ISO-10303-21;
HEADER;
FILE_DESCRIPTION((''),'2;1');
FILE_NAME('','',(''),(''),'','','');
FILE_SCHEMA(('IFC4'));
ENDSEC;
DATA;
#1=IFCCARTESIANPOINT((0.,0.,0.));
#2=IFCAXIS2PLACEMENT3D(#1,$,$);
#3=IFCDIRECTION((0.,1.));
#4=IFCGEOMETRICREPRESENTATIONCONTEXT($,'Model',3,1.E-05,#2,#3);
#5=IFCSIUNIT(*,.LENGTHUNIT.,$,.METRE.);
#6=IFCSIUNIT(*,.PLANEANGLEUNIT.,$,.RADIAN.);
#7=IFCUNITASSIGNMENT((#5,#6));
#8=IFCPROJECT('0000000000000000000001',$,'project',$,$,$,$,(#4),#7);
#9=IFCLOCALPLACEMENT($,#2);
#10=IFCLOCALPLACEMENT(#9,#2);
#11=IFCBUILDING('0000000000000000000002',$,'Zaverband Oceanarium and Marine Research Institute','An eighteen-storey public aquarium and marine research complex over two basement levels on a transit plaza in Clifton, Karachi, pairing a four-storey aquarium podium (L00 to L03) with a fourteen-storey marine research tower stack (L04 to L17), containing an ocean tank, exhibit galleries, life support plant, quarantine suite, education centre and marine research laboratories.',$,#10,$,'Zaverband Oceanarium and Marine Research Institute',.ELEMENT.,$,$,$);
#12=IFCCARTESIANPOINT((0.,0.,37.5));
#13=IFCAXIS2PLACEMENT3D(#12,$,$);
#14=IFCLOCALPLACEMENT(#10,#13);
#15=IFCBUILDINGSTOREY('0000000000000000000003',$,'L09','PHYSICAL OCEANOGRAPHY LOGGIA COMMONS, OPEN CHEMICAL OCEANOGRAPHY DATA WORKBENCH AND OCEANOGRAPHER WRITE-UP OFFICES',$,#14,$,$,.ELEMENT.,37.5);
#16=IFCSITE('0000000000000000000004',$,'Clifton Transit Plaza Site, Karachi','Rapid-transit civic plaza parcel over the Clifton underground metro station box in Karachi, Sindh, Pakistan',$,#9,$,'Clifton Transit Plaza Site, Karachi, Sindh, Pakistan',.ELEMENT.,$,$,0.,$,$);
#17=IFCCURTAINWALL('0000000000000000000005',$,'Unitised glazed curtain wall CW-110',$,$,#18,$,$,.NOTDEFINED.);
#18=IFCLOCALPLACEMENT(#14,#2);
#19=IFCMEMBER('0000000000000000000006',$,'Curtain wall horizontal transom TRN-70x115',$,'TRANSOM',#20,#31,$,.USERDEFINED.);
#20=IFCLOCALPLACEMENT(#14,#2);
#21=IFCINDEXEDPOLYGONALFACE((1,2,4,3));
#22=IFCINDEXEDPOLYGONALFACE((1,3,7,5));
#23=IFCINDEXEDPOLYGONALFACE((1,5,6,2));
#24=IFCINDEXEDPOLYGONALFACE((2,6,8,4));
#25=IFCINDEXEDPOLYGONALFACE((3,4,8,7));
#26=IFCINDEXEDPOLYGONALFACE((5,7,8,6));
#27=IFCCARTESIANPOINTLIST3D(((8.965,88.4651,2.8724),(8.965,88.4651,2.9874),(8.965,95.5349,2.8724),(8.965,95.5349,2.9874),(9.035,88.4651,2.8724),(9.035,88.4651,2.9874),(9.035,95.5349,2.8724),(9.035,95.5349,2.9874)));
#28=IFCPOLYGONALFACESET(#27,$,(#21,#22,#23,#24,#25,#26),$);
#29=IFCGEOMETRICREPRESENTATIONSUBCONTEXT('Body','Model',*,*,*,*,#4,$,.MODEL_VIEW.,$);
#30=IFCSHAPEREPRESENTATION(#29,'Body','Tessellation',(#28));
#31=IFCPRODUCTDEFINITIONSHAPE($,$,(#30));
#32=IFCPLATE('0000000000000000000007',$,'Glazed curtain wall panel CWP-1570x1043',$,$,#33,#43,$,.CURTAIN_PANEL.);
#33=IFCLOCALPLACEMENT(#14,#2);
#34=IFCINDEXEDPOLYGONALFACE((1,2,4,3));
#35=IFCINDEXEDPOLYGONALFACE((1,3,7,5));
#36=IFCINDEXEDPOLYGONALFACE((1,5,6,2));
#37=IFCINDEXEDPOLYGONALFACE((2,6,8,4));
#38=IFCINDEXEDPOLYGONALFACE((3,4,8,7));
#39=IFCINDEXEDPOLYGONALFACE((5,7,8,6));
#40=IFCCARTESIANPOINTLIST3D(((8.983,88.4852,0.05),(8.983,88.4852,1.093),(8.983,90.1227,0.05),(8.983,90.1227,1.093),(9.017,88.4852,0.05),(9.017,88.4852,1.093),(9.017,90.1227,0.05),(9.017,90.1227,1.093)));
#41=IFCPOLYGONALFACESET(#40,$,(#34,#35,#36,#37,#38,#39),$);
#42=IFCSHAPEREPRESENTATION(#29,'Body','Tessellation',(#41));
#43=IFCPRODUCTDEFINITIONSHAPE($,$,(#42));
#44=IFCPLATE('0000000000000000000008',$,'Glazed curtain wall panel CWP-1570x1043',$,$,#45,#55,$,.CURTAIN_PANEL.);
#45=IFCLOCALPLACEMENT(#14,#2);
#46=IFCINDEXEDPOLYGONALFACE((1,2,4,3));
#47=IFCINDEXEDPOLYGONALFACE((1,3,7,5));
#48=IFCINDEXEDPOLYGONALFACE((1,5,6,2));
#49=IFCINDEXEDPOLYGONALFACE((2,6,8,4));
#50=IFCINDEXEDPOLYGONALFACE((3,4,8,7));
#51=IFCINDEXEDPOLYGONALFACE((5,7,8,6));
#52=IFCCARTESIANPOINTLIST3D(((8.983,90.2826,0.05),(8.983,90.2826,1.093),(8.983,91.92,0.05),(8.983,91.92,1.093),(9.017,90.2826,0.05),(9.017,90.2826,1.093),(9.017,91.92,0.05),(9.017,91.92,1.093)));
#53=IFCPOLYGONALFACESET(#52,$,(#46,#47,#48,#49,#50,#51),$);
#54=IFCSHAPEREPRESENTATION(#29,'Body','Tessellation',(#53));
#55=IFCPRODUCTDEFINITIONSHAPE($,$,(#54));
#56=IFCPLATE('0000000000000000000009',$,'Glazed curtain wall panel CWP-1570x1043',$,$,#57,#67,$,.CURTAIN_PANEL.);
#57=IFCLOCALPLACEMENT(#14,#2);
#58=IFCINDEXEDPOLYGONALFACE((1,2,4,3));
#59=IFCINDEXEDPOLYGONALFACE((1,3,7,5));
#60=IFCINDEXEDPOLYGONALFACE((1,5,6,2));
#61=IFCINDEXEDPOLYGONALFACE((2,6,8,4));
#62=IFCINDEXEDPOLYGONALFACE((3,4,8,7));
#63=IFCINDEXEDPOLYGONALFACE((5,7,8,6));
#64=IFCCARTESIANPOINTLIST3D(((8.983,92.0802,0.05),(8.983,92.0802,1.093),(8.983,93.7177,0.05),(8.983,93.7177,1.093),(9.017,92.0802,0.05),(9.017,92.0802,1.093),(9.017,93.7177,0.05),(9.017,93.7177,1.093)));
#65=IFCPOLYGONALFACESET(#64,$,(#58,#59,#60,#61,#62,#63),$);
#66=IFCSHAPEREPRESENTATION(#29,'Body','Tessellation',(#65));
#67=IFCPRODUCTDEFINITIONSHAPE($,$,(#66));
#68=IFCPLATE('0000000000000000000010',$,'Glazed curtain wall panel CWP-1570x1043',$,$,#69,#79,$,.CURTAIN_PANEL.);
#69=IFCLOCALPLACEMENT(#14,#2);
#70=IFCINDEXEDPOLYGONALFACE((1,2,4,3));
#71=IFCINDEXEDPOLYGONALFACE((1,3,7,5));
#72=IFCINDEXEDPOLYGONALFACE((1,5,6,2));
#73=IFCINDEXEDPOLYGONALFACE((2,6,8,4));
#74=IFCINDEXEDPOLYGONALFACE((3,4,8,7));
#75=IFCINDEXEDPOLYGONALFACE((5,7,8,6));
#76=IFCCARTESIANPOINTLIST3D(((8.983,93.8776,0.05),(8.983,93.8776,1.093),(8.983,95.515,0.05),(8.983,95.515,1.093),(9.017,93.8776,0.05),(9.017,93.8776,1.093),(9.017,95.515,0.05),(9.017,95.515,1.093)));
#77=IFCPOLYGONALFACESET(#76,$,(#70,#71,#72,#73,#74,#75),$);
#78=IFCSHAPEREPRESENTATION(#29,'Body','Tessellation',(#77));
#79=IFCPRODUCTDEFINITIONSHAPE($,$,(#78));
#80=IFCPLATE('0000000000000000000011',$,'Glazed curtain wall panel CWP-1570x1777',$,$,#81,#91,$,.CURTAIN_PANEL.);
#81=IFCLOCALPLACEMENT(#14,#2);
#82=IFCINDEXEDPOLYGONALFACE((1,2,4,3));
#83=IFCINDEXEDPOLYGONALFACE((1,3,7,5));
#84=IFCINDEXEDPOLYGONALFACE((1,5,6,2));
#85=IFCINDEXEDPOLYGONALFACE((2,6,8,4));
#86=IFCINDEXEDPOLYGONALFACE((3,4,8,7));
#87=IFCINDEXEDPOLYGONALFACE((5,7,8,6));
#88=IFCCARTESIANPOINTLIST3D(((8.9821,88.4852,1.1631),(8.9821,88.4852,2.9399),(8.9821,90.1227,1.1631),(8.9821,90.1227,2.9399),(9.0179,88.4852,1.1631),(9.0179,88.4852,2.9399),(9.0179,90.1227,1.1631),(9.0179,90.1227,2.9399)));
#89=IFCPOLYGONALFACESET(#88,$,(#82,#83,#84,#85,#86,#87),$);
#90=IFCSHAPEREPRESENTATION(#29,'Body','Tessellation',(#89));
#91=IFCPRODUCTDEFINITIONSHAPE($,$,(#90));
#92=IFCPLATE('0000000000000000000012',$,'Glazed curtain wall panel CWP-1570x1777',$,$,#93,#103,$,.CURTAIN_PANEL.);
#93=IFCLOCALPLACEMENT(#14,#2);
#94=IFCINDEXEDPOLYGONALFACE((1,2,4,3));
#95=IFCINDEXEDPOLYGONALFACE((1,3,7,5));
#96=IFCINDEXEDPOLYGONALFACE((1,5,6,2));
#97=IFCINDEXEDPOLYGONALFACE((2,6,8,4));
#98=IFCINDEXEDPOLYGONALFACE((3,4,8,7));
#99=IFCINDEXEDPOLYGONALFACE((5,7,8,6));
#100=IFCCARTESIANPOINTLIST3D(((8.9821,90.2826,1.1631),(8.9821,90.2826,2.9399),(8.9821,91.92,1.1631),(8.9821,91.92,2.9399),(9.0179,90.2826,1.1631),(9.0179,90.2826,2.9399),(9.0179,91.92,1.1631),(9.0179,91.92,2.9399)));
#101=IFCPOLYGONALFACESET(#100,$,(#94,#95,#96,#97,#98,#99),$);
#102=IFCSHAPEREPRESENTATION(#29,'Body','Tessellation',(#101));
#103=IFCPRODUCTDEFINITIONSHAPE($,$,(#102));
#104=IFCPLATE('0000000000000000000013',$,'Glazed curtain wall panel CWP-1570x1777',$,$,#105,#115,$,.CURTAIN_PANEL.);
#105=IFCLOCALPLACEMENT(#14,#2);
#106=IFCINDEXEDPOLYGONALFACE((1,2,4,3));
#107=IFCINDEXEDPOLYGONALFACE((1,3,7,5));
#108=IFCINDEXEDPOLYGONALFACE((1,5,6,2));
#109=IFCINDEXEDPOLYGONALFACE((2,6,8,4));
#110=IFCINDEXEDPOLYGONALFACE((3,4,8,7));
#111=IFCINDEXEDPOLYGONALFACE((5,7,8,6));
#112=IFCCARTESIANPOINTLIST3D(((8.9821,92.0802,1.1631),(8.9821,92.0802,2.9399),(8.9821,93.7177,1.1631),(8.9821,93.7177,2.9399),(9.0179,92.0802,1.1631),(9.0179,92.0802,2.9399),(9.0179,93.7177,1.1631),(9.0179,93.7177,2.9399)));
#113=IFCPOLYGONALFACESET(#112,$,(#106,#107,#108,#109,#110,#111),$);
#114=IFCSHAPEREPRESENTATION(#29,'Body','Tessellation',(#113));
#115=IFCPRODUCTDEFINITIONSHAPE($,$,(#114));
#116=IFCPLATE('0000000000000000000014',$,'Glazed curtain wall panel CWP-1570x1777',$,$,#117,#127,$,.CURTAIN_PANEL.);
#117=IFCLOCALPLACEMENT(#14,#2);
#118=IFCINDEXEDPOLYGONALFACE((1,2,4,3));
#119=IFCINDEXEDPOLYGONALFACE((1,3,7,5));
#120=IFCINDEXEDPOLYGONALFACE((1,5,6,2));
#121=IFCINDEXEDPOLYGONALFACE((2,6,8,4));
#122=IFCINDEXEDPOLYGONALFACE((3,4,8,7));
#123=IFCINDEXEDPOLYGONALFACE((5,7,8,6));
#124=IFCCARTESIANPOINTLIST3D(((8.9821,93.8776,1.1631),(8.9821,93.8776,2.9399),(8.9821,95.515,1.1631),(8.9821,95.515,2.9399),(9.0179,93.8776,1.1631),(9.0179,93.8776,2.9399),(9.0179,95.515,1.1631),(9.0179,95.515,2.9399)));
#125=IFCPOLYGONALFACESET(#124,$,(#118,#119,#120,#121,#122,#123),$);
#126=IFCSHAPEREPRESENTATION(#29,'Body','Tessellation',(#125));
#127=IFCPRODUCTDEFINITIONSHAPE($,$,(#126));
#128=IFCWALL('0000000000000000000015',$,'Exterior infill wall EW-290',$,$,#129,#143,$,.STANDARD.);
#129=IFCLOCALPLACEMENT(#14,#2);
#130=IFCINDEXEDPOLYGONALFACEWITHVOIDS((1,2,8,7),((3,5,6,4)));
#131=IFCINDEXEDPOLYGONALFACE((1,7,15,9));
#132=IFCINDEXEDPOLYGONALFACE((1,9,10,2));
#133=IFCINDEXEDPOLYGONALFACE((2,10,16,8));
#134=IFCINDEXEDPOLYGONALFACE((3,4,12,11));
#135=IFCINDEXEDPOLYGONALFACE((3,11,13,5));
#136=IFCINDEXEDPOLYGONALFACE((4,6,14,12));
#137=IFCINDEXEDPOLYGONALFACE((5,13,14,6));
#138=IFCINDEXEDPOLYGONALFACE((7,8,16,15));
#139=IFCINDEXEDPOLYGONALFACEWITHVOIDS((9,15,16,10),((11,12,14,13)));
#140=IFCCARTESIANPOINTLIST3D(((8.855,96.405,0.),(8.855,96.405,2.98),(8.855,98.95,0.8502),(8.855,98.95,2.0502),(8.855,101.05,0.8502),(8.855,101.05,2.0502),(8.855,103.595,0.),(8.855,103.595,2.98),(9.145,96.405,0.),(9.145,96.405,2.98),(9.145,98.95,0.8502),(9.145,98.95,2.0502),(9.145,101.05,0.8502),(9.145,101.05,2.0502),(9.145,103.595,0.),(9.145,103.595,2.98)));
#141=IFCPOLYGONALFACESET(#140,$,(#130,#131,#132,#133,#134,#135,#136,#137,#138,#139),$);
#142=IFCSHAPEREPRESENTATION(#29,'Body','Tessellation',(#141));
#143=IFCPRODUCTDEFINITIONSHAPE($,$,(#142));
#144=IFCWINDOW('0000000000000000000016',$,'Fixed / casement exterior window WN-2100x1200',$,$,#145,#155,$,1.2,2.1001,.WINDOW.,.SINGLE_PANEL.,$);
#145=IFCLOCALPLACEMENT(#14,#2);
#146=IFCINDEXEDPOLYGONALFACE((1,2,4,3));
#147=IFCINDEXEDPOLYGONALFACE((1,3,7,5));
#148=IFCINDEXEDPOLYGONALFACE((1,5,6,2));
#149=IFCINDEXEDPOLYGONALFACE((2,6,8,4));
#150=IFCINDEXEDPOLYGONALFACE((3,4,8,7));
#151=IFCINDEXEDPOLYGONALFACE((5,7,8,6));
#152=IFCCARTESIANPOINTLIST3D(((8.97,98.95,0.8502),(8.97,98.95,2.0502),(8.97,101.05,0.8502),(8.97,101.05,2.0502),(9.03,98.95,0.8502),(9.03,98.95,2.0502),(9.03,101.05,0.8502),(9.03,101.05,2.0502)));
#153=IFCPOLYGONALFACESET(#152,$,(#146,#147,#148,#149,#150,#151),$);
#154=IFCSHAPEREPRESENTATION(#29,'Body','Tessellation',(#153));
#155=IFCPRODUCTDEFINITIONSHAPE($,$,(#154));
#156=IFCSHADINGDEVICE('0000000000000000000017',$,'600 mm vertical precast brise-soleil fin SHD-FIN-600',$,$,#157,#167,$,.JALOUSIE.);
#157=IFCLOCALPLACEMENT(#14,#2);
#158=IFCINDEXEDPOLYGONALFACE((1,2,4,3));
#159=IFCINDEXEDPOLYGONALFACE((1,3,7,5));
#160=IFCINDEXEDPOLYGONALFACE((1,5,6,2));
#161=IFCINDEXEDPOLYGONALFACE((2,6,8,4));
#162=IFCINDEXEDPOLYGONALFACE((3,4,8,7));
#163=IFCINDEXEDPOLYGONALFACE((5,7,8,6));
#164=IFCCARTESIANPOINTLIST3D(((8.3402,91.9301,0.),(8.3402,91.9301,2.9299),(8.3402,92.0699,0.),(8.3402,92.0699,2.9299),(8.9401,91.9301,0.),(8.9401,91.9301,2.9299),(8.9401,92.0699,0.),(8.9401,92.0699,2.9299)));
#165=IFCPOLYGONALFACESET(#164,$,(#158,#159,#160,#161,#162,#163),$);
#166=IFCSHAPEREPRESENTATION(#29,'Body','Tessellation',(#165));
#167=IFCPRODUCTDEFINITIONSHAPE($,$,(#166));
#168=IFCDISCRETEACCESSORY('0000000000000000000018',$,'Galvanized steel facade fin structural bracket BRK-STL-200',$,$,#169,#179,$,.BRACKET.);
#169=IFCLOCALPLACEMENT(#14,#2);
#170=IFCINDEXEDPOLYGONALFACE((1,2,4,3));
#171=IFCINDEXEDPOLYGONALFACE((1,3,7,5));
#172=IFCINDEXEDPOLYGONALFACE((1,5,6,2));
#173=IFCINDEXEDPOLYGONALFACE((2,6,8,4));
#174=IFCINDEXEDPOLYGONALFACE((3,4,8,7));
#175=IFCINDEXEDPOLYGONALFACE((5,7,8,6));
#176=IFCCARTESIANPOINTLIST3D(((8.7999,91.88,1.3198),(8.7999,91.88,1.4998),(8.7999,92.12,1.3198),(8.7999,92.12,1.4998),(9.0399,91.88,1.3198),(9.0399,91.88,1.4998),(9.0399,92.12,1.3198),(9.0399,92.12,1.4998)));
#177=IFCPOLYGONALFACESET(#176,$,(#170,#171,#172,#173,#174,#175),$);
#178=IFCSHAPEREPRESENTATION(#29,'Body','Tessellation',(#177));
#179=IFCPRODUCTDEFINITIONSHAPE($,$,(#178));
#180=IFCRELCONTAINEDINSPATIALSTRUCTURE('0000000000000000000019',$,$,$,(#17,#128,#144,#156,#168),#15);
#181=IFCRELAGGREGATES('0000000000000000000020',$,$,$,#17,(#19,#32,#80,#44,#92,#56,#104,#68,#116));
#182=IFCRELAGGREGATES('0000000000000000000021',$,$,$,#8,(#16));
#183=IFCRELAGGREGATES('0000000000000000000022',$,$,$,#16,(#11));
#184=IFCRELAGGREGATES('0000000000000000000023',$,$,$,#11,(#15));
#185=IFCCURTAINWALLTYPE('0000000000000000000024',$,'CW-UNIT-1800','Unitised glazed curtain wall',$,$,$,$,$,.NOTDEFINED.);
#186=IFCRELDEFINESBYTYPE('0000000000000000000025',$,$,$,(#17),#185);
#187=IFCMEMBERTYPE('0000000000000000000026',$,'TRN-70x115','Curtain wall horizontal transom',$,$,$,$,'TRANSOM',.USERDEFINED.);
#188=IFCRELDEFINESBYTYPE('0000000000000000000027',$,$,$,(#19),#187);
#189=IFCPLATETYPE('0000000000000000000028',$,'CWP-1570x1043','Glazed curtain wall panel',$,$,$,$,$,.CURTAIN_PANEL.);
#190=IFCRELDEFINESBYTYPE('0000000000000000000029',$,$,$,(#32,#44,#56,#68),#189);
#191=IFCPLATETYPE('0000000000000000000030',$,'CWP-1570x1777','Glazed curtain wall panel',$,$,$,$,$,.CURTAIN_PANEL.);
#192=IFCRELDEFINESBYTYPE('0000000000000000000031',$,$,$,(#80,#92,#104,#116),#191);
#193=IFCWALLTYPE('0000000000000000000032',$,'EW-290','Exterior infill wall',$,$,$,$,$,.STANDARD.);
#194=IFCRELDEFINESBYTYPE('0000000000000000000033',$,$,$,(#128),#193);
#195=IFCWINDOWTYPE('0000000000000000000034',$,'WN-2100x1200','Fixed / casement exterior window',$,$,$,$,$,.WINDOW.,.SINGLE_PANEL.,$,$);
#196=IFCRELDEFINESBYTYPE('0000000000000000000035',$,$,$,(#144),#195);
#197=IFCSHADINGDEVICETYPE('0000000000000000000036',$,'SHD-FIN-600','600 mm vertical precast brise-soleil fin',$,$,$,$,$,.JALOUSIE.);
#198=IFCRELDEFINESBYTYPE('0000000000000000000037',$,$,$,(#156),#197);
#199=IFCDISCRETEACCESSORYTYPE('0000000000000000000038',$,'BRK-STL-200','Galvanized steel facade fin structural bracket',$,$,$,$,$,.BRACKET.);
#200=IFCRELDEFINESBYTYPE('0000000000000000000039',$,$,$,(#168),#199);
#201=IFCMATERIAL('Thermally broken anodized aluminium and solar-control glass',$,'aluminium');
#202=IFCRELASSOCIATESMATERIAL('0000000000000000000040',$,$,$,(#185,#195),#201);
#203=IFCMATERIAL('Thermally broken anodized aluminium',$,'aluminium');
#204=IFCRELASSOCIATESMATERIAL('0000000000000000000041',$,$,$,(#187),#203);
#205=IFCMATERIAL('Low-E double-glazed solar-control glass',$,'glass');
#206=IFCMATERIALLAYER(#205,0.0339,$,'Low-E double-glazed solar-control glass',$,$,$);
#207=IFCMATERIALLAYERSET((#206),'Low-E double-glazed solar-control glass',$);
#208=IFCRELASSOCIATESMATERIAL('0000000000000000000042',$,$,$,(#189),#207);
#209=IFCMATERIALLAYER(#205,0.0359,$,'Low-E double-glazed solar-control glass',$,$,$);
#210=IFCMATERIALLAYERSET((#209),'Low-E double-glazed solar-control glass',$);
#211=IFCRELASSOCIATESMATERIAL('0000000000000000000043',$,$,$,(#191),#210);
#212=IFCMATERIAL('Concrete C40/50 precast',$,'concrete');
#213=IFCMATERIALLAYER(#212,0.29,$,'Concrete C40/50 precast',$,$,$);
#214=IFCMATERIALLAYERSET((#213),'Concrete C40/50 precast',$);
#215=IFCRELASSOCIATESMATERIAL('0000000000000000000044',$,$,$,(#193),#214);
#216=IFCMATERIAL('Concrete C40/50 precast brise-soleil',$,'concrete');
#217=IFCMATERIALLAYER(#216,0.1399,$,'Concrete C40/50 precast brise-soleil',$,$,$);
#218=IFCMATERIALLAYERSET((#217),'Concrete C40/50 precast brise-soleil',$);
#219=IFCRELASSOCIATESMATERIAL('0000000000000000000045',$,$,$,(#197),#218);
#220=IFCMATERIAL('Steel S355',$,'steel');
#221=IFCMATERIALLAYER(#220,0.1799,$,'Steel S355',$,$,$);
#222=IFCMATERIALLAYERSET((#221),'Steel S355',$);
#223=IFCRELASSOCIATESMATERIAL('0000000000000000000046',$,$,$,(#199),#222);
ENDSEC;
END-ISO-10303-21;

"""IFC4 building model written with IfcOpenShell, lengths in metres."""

from ifc_helpers import new_model, si_unit, direction, frame, frame_2d, origin, origin_2d, place, context, subcontext, project, spatial, rectangle, extrude, material, layer, layer_set, material_profile, profile_set, type_object, element, fill, aggregate, save


model = new_model("IFC4")

# Units and contexts
model_context = context("Model", 3, precision=1e-05, world=origin(), true_north=direction((0.0, 1.0)))
body_context = subcontext(model_context, "Body", "Model", "MODEL_VIEW")
ifc_project = project(units=[si_unit("LENGTHUNIT", "METRE"), si_unit("PLANEANGLEUNIT", "RADIAN")], contexts=[model_context])

# Site, building, storey
site_placement = place(None, origin())
site = spatial("IfcSite", under=ifc_project, at=site_placement, Name="Clifton Transit Plaza Site, Karachi", Description="Rapid-transit civic plaza parcel over the Clifton underground metro station box in Karachi, Sindh, Pakistan", LongName="Clifton Transit Plaza Site, Karachi, Sindh, Pakistan", CompositionType="ELEMENT", RefElevation=0.0)
building_placement = place(site_placement, origin())
building = spatial("IfcBuilding", under=site, at=building_placement, Name="Zaverband Oceanarium and Marine Research Institute", Description="An eighteen-storey public aquarium and marine research complex over two basement levels on a transit plaza in Clifton, Karachi, pairing a four-storey aquarium podium (L00 to L03) with a fourteen-storey marine research tower stack (L04 to L17), containing an ocean tank, exhibit galleries, life support plant, quarantine suite, education centre and marine research laboratories.", LongName="Zaverband Oceanarium and Marine Research Institute", CompositionType="ELEMENT")
storey_placement = place(building_placement, frame((0.0, 0.0, 37.5)))
storey = spatial("IfcBuildingStorey", under=building, at=storey_placement, Name="L09", Description="PHYSICAL OCEANOGRAPHY LOGGIA COMMONS, OPEN CHEMICAL OCEANOGRAPHY DATA WORKBENCH AND OCEANOGRAPHER WRITE-UP OFFICES", CompositionType="ELEMENT", Elevation=37.5)

# Curtain wall
ifc_material_1 = material(Name="Thermally broken anodized aluminium and solar-control glass", Category="aluminium")
curtain_wall_type = type_object("IfcCurtainWallType", Name="CW-UNIT-1800", Description="Unitised glazed curtain wall", PredefinedType="NOTDEFINED", material=ifc_material_1)
curtain_wall_placement = place(storey_placement, origin())
curtain_wall = element("IfcCurtainWall", 1, at=curtain_wall_placement, inside=storey, type_object=curtain_wall_type, Name="Unitised glazed curtain wall CW-110", PredefinedType="NOTDEFINED")
ifc_material_2 = material(Name="Thermally broken anodized aluminium", Category="aluminium")

# Member
ifc_material_profile_1 = material_profile(ifc_material_2, rectangle(XDim=0.0701, YDim=0.115, at=origin_2d()), Name="AL-TRN-70x115")
ifc_profile_set_1 = profile_set([ifc_material_profile_1], Name="Thermally broken anodized aluminium")
member_type_1 = type_object("IfcMemberType", Name="TRN-70x115", Description="Curtain wall horizontal transom", ElementType="TRANSOM", PredefinedType="USERDEFINED", material=ifc_profile_set_1)
member_1_placement = place(storey_placement, frame((9.0, 88.4651, 2.9299), z_axis=(0.0, 1.0, 0.0), x_axis=(-1.0, 0.0, 0.0)))
member_1 = element("IfcMember", 2, at=member_1_placement, type_object=member_type_1, Name="Curtain wall horizontal transom TRN-70x115", ObjectType="TRANSOM", PredefinedType="USERDEFINED", context=body_context, shape_type="SweptSolid", body=[
    extrude(rectangle(XDim=0.0701, YDim=0.115, at=origin_2d()), origin(), (0.0, 0.0, 1.0), 7.0698),
])

# Plates
ifc_material_3 = material(Name="Low-E double-glazed solar-control glass", Category="glass")
ifc_layer_1 = layer(ifc_material_3, 0.0339, Name="Low-E double-glazed solar-control glass")
ifc_layer_set_1 = layer_set([ifc_layer_1], Name="Low-E double-glazed solar-control glass")
plate_type_1 = type_object("IfcPlateType", Name="CWP-1570x1043", Description="Glazed curtain wall panel", PredefinedType="CURTAIN_PANEL", material=ifc_layer_set_1)
plate_1_placement = place(storey_placement, frame((9.0, 88.4851, 0.05), z_axis=(0.0, 0.0, 1.0), x_axis=(0.0, 1.0, 0.0)))
plate_1 = element("IfcPlate", 3, at=plate_1_placement, type_object=plate_type_1, Name="Glazed curtain wall panel CWP-1570x1043", PredefinedType="CURTAIN_PANEL", context=body_context, shape_type="SweptSolid", body=[
    extrude(rectangle(XDim=1.6375, YDim=0.0339, at=frame_2d((0.8188, 0.0))), origin(), (0.0, 0.0, 1.0), 1.043),
])
plate_2_placement = place(storey_placement, frame((9.0, 90.2825, 0.05), z_axis=(0.0, 0.0, 1.0), x_axis=(0.0, 1.0, 0.0)))
plate_2 = element("IfcPlate", 4, at=plate_2_placement, type_object=plate_type_1, Name="Glazed curtain wall panel CWP-1570x1043", PredefinedType="CURTAIN_PANEL", context=body_context, shape_type="SweptSolid", body=[
    extrude(rectangle(XDim=1.6375, YDim=0.0339, at=frame_2d((0.8188, 0.0))), origin(), (0.0, 0.0, 1.0), 1.043),
])
plate_3_placement = place(storey_placement, frame((9.0, 92.0801, 0.05), z_axis=(0.0, 0.0, 1.0), x_axis=(0.0, 1.0, 0.0)))
plate_3 = element("IfcPlate", 5, at=plate_3_placement, type_object=plate_type_1, Name="Glazed curtain wall panel CWP-1570x1043", PredefinedType="CURTAIN_PANEL", context=body_context, shape_type="SweptSolid", body=[
    extrude(rectangle(XDim=1.6375, YDim=0.0339, at=frame_2d((0.8188, 0.0))), origin(), (0.0, 0.0, 1.0), 1.043),
])
plate_4_placement = place(storey_placement, frame((9.0, 93.8774, 0.05), z_axis=(0.0, 0.0, 1.0), x_axis=(0.0, 1.0, 0.0)))
plate_4 = element("IfcPlate", 6, at=plate_4_placement, type_object=plate_type_1, Name="Glazed curtain wall panel CWP-1570x1043", PredefinedType="CURTAIN_PANEL", context=body_context, shape_type="SweptSolid", body=[
    extrude(rectangle(XDim=1.6375, YDim=0.0339, at=frame_2d((0.8188, 0.0))), origin(), (0.0, 0.0, 1.0), 1.043),
])
ifc_layer_2 = layer(ifc_material_3, 0.0359, Name="Low-E double-glazed solar-control glass")
ifc_layer_set_2 = layer_set([ifc_layer_2], Name="Low-E double-glazed solar-control glass")
plate_type_2 = type_object("IfcPlateType", Name="CWP-1570x1777", Description="Glazed curtain wall panel", PredefinedType="CURTAIN_PANEL", material=ifc_layer_set_2)
plate_5_placement = place(storey_placement, frame((9.0, 88.4851, 1.1631), z_axis=(0.0, 0.0, 1.0), x_axis=(0.0, 1.0, 0.0)))
plate_5 = element("IfcPlate", 7, at=plate_5_placement, type_object=plate_type_2, Name="Glazed curtain wall panel CWP-1570x1777", PredefinedType="CURTAIN_PANEL", context=body_context, shape_type="SweptSolid", body=[
    extrude(rectangle(XDim=1.6375, YDim=0.0359, at=frame_2d((0.8188, 0.0))), origin(), (0.0, 0.0, 1.0), 1.7769),
])
plate_6_placement = place(storey_placement, frame((9.0, 90.2825, 1.1631), z_axis=(0.0, 0.0, 1.0), x_axis=(0.0, 1.0, 0.0)))
plate_6 = element("IfcPlate", 8, at=plate_6_placement, type_object=plate_type_2, Name="Glazed curtain wall panel CWP-1570x1777", PredefinedType="CURTAIN_PANEL", context=body_context, shape_type="SweptSolid", body=[
    extrude(rectangle(XDim=1.6375, YDim=0.0359, at=frame_2d((0.8188, 0.0))), origin(), (0.0, 0.0, 1.0), 1.7769),
])
plate_7_placement = place(storey_placement, frame((9.0, 92.0801, 1.1631), z_axis=(0.0, 0.0, 1.0), x_axis=(0.0, 1.0, 0.0)))
plate_7 = element("IfcPlate", 9, at=plate_7_placement, type_object=plate_type_2, Name="Glazed curtain wall panel CWP-1570x1777", PredefinedType="CURTAIN_PANEL", context=body_context, shape_type="SweptSolid", body=[
    extrude(rectangle(XDim=1.6375, YDim=0.0359, at=frame_2d((0.8188, 0.0))), origin(), (0.0, 0.0, 1.0), 1.7769),
])
plate_8_placement = place(storey_placement, frame((9.0, 93.8774, 1.1631), z_axis=(0.0, 0.0, 1.0), x_axis=(0.0, 1.0, 0.0)))
plate_8 = element("IfcPlate", 10, at=plate_8_placement, type_object=plate_type_2, Name="Glazed curtain wall panel CWP-1570x1777", PredefinedType="CURTAIN_PANEL", context=body_context, shape_type="SweptSolid", body=[
    extrude(rectangle(XDim=1.6375, YDim=0.0359, at=frame_2d((0.8188, 0.0))), origin(), (0.0, 0.0, 1.0), 1.7769),
])
aggregate(curtain_wall, [member_1, plate_1, plate_5, plate_2, plate_6, plate_3, plate_7, plate_4, plate_8])

# Wall, opening, window
ifc_material_4 = material(Name="Concrete C40/50 precast", Category="concrete")
ifc_layer_3 = layer(ifc_material_4, 0.29, Name="Concrete C40/50 precast")
ifc_layer_set_3 = layer_set([ifc_layer_3], Name="Concrete C40/50 precast")
wall_type = type_object("IfcWallType", Name="EW-290", Description="Exterior infill wall", PredefinedType="STANDARD", material=ifc_layer_set_3)
wall_placement = place(storey_placement, frame((9.0, 96.405, 0.0), z_axis=(0.0, 0.0, 1.0), x_axis=(0.0, 1.0, 0.0)))
wall = element("IfcWall", 11, at=wall_placement, inside=storey, type_object=wall_type, Name="Exterior infill wall EW-290", PredefinedType="STANDARD", context=body_context, shape_type="SweptSolid", body=[
    extrude(rectangle(XDim=7.1899, YDim=0.29, at=frame_2d((3.595, 0.0))), origin(), (0.0, 0.0, 1.0), 2.98),
])
opening_placement = place(wall_placement, frame((2.5449, 0.0, 0.8501)))
opening = element("IfcOpeningElement", 12, at=opening_placement, cuts=wall, PredefinedType="OPENING", context=body_context, shape_type="SweptSolid", body=[
    extrude(rectangle(XDim=2.1001, YDim=1.2, at=frame_2d((1.05, 0.6001))), frame((0.0, 0.157, 0.0), z_axis=(0.0, -1.0, 0.0), x_axis=(1.0, 0.0, 0.0)), (0.0, 0.0, 1.0), 0.314),
])
window_type = type_object("IfcWindowType", Name="WN-2100x1200", Description="Fixed / casement exterior window", PartitioningType="SINGLE_PANEL", PredefinedType="WINDOW", material=ifc_material_1)
window_placement = place(opening_placement, origin())
window = element("IfcWindow", 13, at=window_placement, inside=storey, type_object=window_type, Name="Fixed / casement exterior window WN-2100x1200", OverallHeight=1.2, OverallWidth=2.1001, PartitioningType="SINGLE_PANEL", PredefinedType="WINDOW", context=body_context, shape_type="SweptSolid", body=[
    extrude(rectangle(XDim=2.1001, YDim=1.2, at=frame_2d((1.05, 0.6001))), frame((0.0, 0.03, 0.0), z_axis=(0.0, -1.0, 0.0), x_axis=(1.0, 0.0, 0.0)), (0.0, 0.0, 1.0), 0.0601),
])
fill(opening, window)

# Shading device
ifc_material_5 = material(Name="Concrete C40/50 precast brise-soleil", Category="concrete")
ifc_layer_4 = layer(ifc_material_5, 0.1399, Name="Concrete C40/50 precast brise-soleil")
ifc_layer_set_4 = layer_set([ifc_layer_4], Name="Concrete C40/50 precast brise-soleil")
shading_device_type = type_object("IfcShadingDeviceType", Name="SHD-FIN-600", Description="600 mm vertical precast brise-soleil fin", PredefinedType="JALOUSIE", material=ifc_layer_set_4)
shading_device_placement = place(storey_placement, frame((8.9399, 92.0, 0.0), z_axis=(0.0, 0.0, 1.0), x_axis=(-1.0, 0.0, 0.0)))
element("IfcShadingDevice", 14, at=shading_device_placement, inside=storey, type_object=shading_device_type, Name="600 mm vertical precast brise-soleil fin SHD-FIN-600", PredefinedType="JALOUSIE", context=body_context, shape_type="SweptSolid", body=[
    extrude(rectangle(XDim=0.5999, YDim=0.1399, at=frame_2d((0.2998, 0.0))), origin(), (0.0, 0.0, 1.0), 2.9299),
])

# Discrete accessory
ifc_material_6 = material(Name="Steel S355", Category="steel")
ifc_layer_5 = layer(ifc_material_6, 0.1799, Name="Steel S355")
ifc_layer_set_5 = layer_set([ifc_layer_5], Name="Steel S355")
discrete_accessory_type = type_object("IfcDiscreteAccessoryType", Name="BRK-STL-200", Description="Galvanized steel facade fin structural bracket", PredefinedType="BRACKET", material=ifc_layer_set_5)
discrete_accessory_placement = place(storey_placement, frame((8.9199, 92.0, 1.3198), z_axis=(0.0, 0.0, 1.0), x_axis=(1.0, 0.0, 0.0)))
element("IfcDiscreteAccessory", 15, at=discrete_accessory_placement, inside=storey, type_object=discrete_accessory_type, Name="Galvanized steel facade fin structural bracket BRK-STL-200", PredefinedType="BRACKET", context=body_context, shape_type="SweptSolid", body=[
    extrude(rectangle(XDim=0.24, YDim=0.24, at=origin_2d()), origin(), (0.0, 0.0, 1.0), 0.1799),
])

save(model, "model.ifc")
